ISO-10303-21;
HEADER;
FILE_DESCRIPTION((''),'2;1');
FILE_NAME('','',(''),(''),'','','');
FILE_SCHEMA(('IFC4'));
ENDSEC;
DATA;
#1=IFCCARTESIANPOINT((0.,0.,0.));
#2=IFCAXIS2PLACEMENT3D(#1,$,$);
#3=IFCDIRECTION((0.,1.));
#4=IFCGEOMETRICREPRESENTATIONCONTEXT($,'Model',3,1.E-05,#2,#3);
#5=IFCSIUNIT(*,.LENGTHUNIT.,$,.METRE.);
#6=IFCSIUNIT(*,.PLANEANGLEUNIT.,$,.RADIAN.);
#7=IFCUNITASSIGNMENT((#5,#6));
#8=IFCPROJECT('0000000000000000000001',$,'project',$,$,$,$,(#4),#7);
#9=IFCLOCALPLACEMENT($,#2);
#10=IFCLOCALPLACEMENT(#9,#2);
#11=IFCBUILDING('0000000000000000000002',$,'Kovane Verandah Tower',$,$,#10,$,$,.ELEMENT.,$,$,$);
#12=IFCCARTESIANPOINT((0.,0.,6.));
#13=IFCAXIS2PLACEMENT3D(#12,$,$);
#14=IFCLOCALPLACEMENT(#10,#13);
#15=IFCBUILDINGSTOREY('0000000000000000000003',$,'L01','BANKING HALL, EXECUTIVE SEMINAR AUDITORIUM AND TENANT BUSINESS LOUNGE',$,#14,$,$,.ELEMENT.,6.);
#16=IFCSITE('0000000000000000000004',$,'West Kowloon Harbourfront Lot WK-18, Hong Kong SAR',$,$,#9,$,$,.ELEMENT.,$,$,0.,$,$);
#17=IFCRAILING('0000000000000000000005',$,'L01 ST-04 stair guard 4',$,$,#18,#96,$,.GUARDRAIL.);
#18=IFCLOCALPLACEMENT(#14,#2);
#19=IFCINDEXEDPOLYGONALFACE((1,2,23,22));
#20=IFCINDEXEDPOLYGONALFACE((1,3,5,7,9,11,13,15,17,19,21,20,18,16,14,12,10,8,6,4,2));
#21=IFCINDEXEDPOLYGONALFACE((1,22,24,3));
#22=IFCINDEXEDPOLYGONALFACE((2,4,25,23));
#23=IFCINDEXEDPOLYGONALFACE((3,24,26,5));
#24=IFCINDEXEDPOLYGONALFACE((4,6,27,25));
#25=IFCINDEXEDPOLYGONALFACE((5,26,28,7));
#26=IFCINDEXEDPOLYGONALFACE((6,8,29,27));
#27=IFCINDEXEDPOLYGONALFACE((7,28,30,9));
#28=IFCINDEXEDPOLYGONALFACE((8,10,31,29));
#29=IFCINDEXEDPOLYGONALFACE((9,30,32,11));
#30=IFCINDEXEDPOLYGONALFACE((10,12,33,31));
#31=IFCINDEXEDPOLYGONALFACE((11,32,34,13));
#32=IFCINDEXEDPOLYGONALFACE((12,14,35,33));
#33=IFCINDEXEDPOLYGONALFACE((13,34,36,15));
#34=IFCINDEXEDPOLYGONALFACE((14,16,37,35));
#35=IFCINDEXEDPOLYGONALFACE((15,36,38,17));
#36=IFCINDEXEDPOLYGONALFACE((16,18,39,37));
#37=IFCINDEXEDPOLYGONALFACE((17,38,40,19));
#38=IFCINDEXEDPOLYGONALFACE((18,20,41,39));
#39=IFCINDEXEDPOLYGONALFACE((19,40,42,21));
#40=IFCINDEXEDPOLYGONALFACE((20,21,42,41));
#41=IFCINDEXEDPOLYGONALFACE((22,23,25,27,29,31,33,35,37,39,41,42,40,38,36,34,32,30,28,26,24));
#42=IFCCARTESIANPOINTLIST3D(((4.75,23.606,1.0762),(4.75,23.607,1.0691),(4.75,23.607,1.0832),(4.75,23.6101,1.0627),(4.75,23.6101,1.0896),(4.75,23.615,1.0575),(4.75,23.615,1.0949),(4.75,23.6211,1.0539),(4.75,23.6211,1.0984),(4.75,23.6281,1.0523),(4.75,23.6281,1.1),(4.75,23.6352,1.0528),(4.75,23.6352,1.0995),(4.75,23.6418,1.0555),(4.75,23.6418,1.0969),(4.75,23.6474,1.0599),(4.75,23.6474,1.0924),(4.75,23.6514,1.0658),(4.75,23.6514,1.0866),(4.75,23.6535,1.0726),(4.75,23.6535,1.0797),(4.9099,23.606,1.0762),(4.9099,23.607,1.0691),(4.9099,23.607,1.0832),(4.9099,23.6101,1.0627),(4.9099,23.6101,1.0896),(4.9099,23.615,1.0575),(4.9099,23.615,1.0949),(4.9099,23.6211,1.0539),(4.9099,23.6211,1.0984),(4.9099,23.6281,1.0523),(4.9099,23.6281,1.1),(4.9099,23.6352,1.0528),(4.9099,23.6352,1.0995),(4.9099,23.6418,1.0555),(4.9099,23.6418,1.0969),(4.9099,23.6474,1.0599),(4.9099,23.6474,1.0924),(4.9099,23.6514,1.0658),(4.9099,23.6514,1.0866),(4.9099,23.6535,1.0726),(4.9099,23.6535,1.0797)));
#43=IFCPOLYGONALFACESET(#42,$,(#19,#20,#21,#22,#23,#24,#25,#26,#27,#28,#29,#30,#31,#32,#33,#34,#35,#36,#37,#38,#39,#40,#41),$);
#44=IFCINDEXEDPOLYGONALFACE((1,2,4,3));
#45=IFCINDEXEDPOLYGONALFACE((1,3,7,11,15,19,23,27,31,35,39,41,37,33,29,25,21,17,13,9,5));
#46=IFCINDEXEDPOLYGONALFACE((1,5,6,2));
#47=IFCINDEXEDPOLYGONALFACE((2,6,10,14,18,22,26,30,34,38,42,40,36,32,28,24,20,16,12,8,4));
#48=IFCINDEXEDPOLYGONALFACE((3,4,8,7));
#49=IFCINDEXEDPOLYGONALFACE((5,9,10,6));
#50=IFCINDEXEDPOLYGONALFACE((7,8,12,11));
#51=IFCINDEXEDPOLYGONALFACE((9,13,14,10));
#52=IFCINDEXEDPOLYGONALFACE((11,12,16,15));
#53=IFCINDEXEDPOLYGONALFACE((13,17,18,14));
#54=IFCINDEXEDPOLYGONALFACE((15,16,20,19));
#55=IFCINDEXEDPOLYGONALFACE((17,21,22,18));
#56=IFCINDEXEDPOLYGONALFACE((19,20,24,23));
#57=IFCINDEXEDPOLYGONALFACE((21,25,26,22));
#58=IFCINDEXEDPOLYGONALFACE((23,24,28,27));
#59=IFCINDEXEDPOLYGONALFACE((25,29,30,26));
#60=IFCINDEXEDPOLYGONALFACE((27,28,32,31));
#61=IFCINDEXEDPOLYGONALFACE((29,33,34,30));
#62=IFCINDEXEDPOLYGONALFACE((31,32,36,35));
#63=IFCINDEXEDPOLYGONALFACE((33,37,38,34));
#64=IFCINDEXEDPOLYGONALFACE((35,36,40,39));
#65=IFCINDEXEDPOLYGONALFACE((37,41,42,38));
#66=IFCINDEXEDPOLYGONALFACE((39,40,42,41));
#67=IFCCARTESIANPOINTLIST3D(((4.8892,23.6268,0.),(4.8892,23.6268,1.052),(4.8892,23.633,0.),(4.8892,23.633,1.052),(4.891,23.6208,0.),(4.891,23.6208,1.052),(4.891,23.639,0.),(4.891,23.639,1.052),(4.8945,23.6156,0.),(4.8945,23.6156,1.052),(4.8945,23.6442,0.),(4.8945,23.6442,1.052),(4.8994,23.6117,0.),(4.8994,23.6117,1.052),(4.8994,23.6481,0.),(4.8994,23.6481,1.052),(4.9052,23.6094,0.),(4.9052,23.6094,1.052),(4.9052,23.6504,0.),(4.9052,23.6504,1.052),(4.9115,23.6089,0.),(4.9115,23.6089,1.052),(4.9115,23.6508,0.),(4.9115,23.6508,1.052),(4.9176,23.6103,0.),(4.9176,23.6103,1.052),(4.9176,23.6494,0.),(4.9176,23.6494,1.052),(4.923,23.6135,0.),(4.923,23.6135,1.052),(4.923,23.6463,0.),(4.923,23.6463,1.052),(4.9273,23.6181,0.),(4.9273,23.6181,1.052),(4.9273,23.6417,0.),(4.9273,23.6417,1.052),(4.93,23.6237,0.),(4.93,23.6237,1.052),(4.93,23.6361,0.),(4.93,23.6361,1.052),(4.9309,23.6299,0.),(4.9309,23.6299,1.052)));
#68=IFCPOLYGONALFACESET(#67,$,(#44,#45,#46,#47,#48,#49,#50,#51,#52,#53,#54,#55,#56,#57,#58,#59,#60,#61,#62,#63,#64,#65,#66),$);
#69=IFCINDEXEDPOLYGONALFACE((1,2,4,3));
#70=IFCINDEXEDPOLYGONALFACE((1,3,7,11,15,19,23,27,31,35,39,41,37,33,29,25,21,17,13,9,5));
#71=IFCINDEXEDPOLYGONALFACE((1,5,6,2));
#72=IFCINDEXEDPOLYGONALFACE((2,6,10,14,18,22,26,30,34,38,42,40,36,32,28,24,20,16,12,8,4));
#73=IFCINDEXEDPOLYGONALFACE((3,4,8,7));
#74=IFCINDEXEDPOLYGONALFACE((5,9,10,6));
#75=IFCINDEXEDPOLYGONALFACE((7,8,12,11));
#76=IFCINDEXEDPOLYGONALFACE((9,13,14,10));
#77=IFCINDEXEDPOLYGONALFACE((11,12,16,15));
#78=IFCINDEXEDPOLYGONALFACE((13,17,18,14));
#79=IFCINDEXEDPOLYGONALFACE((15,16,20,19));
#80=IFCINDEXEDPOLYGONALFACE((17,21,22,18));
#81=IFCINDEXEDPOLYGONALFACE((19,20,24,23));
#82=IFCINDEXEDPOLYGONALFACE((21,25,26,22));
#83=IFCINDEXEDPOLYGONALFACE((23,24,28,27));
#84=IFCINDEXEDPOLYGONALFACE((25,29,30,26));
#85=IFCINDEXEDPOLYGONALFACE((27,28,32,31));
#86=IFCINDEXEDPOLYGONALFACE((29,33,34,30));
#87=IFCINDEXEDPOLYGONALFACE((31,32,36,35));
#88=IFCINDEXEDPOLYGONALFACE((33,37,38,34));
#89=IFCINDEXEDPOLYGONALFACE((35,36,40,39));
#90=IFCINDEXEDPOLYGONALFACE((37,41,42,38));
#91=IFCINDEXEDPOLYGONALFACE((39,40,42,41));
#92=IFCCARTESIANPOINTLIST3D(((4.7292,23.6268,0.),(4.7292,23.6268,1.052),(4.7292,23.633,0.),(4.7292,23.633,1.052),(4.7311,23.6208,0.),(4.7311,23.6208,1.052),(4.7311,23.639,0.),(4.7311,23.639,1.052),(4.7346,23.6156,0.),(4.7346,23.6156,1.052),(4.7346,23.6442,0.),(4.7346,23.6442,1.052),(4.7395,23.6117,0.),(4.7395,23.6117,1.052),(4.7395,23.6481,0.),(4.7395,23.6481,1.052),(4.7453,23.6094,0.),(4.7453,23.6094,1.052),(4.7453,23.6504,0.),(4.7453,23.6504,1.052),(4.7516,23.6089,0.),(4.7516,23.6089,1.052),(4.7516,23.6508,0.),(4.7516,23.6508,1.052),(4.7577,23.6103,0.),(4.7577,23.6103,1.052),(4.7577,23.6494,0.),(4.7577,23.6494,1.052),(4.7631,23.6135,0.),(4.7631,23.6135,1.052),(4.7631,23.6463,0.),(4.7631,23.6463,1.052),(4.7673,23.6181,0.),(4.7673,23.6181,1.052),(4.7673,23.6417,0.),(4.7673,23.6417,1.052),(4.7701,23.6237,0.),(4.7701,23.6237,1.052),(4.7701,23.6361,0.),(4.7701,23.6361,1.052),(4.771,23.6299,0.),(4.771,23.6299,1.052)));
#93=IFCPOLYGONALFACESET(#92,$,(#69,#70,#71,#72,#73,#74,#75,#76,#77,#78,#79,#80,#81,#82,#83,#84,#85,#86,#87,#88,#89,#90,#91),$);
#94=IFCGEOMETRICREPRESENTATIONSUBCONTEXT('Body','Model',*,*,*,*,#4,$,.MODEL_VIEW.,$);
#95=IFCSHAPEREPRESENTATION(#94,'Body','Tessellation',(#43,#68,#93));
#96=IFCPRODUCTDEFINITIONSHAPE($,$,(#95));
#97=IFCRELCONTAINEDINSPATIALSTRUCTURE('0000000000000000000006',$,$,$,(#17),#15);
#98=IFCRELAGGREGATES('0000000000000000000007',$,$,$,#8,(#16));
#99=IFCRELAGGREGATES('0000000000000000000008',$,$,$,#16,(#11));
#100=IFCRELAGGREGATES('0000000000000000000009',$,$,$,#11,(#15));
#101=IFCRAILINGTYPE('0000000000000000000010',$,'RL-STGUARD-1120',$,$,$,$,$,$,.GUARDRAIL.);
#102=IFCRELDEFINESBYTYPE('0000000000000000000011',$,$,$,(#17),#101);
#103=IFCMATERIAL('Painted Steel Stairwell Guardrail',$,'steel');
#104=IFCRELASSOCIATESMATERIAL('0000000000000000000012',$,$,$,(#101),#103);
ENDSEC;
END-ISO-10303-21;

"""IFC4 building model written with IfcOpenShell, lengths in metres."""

from ifc_helpers import new_model, si_unit, direction, frame, origin, origin_2d, place, context, subcontext, project, spatial, circle, extrude, material, type_object, element, save


model = new_model("IFC4")

# Units and contexts
model_context = context("Model", 3, precision=1e-05, world=origin(), true_north=direction((0.0, 1.0)))
body_context = subcontext(model_context, "Body", "Model", "MODEL_VIEW")
ifc_project = project(units=[si_unit("LENGTHUNIT", "METRE"), si_unit("PLANEANGLEUNIT", "RADIAN")], contexts=[model_context])

# Site, building, storey
site_placement = place(None, origin())
site = spatial("IfcSite", under=ifc_project, at=site_placement, Name="West Kowloon Harbourfront Lot WK-18, Hong Kong SAR", CompositionType="ELEMENT", RefElevation=0.0)
building_placement = place(site_placement, origin())
building = spatial("IfcBuilding", under=site, at=building_placement, Name="Kovane Verandah Tower", CompositionType="ELEMENT")
storey_placement = place(building_placement, frame((0.0, 0.0, 6.0)))
storey = spatial("IfcBuildingStorey", under=building, at=storey_placement, Name="L01", Description="BANKING HALL, EXECUTIVE SEMINAR AUDITORIUM AND TENANT BUSINESS LOUNGE", CompositionType="ELEMENT", Elevation=6.0)

# Railing
ifc_material_1 = material(Name="Painted Steel Stairwell Guardrail", Category="steel")
railing_type_1 = type_object("IfcRailingType", Name="RL-STGUARD-1120", PredefinedType="GUARDRAIL", material=ifc_material_1)
railing_1_placement = place(storey_placement, frame((4.9099, 23.6299, 0.0)))
element("IfcRailing", 1, at=railing_1_placement, inside=storey, type_object=railing_type_1, Name="L01 ST-04 stair guard 4", PredefinedType="GUARDRAIL", context=body_context, shape_type="SweptSolid", body=[
    extrude(circle(Radius=0.0239, at=origin_2d()), frame((0.0, 0.0, 1.0762), z_axis=(-1.0, 0.0, 0.0), x_axis=(0.0, -1.0, 0.0)), (0.0, 0.0, 1.0), 0.1599),
    extrude(circle(Radius=0.021, at=origin_2d()), origin(), (0.0, 0.0, 1.0), 1.052),
    extrude(circle(Radius=0.021, at=origin_2d()), frame((-0.1599, 0.0, 0.0)), (0.0, 0.0, 1.0), 1.052),
])

save(model, "model.ifc")
